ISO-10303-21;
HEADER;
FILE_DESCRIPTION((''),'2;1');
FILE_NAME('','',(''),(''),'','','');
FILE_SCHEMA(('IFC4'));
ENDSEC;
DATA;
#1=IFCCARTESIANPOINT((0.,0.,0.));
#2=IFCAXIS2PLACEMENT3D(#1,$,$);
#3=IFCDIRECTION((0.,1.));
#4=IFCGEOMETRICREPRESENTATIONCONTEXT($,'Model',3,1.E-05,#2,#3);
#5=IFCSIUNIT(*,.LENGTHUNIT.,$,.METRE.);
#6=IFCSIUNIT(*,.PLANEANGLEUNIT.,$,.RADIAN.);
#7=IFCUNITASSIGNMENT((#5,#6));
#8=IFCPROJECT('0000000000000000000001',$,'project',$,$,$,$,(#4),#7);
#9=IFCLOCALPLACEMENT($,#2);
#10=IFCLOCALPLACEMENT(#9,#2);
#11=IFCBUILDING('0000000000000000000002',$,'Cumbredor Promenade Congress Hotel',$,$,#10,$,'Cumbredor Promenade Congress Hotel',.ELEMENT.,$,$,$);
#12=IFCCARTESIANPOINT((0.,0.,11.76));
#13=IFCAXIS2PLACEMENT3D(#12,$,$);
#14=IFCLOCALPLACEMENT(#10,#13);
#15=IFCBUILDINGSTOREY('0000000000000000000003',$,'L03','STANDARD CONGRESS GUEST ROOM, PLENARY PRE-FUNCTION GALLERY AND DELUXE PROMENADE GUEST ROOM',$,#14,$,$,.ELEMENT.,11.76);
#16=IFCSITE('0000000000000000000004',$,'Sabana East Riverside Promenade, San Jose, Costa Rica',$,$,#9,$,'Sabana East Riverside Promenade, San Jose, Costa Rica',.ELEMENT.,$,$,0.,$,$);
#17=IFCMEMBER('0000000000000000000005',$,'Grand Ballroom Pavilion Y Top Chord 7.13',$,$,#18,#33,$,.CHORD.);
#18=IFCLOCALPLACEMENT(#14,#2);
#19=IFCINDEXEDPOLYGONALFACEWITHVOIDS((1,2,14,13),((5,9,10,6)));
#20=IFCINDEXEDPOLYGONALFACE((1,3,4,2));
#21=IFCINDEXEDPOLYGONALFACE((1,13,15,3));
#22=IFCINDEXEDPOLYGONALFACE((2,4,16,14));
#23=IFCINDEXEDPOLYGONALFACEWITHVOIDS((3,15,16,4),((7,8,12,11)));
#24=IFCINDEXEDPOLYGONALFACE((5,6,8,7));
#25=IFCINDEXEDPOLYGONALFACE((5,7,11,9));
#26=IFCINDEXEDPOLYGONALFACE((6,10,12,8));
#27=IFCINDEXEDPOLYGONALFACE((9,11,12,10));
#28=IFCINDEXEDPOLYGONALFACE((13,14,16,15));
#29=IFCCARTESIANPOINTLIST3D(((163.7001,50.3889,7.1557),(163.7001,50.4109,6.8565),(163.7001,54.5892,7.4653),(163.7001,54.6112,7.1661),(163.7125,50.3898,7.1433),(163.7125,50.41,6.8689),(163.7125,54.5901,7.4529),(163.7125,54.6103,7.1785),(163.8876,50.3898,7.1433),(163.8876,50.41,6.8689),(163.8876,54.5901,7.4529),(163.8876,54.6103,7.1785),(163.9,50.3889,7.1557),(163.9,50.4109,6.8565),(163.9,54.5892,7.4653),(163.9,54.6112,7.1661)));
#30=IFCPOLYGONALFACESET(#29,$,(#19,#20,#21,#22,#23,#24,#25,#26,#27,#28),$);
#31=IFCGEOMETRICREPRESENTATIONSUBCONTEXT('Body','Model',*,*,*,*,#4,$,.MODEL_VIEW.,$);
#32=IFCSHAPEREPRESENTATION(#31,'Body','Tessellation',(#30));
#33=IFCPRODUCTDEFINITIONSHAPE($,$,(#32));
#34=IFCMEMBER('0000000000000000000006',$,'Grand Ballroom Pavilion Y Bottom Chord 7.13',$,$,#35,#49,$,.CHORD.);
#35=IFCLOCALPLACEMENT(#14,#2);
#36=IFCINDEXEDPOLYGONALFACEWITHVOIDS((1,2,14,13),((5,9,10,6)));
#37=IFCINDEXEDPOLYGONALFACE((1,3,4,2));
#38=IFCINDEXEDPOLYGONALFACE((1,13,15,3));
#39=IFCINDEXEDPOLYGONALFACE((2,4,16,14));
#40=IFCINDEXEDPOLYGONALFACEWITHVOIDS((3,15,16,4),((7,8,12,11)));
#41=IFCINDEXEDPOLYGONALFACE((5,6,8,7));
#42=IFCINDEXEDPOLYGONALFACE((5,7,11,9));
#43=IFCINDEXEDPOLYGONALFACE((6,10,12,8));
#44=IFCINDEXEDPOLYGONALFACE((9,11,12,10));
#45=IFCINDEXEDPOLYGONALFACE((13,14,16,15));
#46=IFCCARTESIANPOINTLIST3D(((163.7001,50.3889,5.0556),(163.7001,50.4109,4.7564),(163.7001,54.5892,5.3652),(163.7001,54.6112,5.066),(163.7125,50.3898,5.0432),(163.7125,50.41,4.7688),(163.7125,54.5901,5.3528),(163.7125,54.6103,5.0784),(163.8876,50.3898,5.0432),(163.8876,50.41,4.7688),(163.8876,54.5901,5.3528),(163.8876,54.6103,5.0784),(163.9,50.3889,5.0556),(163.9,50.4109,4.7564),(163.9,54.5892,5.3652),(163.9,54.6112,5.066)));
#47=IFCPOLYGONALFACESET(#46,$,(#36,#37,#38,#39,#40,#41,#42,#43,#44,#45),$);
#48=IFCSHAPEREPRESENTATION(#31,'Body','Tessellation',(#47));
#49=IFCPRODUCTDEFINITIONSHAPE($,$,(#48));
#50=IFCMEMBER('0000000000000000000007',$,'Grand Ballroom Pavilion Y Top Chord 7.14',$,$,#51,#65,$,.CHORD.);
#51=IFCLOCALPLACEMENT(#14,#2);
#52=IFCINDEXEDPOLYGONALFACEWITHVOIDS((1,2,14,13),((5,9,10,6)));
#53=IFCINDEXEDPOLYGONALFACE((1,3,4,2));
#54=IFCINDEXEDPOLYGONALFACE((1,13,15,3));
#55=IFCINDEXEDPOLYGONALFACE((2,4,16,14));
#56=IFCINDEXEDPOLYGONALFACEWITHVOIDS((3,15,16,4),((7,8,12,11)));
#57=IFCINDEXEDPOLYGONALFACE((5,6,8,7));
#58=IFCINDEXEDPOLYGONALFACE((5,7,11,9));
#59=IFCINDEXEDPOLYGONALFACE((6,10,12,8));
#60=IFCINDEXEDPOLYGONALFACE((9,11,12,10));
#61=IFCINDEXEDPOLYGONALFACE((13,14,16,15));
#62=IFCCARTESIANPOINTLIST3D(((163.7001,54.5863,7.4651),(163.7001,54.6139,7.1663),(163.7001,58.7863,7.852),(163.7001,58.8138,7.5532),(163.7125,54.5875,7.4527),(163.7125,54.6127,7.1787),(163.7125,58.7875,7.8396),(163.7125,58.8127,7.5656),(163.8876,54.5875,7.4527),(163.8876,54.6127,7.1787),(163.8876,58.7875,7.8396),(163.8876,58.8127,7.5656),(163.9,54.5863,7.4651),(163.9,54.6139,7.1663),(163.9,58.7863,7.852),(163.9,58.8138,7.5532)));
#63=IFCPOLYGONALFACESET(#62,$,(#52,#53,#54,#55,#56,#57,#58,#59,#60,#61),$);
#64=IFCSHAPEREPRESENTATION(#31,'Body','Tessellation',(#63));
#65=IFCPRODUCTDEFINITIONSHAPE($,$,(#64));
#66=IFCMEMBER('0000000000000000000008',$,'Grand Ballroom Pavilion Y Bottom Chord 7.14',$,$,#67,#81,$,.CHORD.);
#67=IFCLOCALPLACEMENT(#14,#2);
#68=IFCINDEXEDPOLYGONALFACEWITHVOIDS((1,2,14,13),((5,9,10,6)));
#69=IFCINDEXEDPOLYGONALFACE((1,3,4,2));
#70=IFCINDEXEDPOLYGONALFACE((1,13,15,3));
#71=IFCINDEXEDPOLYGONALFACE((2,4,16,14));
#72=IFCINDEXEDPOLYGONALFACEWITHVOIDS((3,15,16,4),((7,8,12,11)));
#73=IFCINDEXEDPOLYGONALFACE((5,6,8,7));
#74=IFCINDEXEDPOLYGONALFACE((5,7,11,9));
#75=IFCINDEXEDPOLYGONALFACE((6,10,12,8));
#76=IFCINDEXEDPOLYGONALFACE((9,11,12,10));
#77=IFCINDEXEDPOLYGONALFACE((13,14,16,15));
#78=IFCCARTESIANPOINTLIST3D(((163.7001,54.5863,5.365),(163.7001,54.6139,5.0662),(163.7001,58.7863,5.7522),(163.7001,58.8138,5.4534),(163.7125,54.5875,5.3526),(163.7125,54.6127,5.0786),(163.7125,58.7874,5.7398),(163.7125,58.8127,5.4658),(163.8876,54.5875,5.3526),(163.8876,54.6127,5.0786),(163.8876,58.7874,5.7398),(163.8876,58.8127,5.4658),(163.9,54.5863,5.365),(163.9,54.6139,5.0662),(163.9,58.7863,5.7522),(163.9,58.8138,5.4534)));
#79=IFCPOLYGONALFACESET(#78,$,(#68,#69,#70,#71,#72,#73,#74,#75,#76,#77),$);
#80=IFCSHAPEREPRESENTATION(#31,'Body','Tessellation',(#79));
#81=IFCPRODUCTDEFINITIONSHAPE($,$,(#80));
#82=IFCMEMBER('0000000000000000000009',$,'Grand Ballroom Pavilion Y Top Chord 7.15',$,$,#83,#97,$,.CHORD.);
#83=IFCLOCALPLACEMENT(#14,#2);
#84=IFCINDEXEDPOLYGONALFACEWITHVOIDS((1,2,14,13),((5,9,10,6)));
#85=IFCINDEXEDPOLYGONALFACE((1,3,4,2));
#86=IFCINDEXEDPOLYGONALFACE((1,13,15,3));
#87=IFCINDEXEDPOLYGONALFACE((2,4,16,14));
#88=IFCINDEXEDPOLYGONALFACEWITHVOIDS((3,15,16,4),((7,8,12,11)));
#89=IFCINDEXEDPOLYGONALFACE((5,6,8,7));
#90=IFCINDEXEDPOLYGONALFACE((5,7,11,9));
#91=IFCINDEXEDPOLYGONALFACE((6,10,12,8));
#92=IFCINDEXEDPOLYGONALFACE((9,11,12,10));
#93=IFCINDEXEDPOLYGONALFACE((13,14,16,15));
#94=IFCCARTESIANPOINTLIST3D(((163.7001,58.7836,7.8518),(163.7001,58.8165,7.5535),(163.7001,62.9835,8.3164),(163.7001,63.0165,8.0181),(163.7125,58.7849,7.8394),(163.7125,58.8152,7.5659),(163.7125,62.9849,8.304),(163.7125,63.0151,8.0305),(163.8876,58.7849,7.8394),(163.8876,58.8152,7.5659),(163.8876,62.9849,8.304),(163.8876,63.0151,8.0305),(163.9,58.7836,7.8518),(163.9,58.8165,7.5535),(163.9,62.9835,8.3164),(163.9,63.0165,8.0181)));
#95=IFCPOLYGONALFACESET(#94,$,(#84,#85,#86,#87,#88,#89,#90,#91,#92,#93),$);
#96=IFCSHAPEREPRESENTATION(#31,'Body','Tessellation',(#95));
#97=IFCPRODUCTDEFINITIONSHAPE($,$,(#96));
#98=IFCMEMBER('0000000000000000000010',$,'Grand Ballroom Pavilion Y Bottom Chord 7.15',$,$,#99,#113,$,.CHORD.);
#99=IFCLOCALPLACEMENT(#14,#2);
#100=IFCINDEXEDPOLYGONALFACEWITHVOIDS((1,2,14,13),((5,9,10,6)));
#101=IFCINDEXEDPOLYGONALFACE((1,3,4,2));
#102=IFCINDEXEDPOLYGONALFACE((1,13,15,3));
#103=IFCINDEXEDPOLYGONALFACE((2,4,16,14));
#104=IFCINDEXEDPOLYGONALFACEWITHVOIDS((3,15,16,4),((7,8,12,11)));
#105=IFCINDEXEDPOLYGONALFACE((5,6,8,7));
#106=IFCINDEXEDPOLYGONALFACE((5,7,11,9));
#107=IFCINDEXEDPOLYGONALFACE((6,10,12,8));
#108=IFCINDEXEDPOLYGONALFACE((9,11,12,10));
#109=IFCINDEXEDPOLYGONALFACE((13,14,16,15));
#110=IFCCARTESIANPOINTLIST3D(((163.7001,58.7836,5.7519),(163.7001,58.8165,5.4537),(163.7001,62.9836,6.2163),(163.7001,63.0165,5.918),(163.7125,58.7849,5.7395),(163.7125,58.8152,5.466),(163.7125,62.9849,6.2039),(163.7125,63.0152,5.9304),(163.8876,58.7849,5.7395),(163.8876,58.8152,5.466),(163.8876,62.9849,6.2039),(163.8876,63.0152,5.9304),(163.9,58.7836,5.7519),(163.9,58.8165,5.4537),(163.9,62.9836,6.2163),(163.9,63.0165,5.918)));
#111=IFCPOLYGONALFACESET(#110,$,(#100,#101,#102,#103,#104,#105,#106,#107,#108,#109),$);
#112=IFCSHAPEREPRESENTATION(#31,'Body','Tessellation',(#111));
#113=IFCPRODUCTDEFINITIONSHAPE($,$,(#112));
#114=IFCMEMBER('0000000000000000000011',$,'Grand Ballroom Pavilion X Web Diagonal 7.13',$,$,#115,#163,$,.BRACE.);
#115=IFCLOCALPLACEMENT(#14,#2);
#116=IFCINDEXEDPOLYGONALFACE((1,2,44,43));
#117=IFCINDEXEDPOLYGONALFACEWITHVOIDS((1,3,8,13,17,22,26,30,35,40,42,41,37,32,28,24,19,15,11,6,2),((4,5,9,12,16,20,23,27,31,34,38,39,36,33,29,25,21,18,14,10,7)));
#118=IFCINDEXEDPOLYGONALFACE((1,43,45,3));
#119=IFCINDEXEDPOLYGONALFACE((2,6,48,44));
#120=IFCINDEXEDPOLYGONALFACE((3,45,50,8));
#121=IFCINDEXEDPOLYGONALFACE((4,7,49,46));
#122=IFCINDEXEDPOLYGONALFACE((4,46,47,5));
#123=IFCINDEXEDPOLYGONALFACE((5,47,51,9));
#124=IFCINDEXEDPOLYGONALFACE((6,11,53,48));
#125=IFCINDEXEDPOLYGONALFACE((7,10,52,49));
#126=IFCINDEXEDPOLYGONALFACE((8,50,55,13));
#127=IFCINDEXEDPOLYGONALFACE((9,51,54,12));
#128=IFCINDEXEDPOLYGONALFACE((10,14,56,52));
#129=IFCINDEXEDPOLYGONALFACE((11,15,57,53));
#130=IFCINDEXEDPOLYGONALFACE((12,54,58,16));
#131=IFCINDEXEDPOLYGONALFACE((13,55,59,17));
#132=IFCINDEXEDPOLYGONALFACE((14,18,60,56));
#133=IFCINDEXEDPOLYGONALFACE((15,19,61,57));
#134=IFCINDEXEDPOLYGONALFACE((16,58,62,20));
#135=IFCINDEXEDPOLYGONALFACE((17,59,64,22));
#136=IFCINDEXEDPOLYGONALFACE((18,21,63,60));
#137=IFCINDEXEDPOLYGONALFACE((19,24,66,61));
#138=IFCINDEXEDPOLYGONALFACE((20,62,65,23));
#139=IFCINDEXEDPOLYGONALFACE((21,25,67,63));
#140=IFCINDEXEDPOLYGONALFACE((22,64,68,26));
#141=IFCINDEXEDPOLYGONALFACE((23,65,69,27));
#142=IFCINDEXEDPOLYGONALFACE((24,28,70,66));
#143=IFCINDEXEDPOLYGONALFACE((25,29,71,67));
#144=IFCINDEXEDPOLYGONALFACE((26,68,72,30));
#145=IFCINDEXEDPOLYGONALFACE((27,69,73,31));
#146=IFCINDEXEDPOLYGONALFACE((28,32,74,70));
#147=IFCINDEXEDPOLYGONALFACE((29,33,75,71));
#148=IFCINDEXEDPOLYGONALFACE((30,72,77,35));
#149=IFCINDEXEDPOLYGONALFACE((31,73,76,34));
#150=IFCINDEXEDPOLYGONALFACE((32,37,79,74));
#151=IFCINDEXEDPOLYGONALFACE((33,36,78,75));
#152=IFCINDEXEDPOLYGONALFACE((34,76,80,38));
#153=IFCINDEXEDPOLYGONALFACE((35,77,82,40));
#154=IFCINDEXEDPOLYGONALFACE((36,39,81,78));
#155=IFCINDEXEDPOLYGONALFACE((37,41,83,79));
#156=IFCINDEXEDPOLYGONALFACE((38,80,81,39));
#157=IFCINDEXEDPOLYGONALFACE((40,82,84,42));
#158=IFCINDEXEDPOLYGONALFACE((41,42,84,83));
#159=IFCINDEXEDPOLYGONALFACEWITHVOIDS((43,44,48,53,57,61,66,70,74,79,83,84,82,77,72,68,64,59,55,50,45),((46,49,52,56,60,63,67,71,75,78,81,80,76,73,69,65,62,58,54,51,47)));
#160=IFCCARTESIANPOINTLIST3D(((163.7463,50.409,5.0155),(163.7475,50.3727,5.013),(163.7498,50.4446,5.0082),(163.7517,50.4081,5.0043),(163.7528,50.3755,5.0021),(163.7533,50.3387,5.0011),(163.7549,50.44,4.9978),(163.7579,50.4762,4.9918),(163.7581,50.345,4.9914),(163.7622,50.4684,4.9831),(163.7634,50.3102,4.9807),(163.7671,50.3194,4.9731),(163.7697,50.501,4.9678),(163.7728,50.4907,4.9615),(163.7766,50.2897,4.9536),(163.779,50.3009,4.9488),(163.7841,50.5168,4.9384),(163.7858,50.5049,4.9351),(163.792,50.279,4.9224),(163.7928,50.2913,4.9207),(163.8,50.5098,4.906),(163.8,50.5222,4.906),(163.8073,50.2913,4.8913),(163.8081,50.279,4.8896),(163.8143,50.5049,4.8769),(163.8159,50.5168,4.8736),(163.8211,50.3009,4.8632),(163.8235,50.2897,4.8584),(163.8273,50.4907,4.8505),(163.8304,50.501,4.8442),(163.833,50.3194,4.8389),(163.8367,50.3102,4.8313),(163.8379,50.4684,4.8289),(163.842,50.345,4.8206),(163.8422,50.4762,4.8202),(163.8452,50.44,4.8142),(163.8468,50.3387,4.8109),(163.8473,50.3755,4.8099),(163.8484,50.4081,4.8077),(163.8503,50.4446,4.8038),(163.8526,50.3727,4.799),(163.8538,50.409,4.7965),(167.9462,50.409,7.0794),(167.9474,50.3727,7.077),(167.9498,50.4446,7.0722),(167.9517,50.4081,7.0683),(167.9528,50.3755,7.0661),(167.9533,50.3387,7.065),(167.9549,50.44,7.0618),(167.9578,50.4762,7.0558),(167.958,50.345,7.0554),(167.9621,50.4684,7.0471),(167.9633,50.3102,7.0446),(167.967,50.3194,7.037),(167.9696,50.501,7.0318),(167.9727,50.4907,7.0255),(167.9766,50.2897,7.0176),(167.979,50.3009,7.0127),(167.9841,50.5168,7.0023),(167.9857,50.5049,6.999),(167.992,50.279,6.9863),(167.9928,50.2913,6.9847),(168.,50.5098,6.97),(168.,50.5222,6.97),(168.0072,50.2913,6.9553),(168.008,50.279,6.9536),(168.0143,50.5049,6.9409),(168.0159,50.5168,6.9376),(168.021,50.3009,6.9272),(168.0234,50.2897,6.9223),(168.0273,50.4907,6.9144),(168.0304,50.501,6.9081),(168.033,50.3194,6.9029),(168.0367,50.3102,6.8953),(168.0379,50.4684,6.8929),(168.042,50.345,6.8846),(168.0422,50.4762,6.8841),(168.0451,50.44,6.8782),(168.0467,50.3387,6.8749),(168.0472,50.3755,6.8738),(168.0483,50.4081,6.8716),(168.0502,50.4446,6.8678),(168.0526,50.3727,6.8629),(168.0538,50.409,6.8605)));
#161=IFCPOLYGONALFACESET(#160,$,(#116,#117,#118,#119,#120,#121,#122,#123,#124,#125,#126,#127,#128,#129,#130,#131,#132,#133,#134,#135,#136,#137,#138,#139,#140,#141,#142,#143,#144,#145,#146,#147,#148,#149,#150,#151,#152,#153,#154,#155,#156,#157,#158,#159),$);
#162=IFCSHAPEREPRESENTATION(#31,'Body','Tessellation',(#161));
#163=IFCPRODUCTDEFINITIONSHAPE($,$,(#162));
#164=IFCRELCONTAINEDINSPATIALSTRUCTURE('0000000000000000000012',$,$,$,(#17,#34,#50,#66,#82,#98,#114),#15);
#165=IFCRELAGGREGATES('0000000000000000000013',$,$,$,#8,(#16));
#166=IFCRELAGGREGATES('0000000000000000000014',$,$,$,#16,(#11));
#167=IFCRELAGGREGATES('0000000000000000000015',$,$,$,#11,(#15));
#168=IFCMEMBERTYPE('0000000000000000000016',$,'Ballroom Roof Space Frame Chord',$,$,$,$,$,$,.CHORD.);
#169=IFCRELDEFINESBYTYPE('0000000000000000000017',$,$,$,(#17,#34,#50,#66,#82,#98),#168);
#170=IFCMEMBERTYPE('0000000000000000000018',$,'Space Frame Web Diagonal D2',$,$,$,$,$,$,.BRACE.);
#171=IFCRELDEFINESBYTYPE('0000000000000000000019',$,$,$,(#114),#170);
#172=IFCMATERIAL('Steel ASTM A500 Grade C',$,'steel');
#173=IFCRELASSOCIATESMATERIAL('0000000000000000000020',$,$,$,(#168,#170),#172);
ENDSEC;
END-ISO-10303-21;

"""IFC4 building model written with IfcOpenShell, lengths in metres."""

from ifc_helpers import new_model, si_unit, direction, frame, origin, origin_2d, place, context, subcontext, project, spatial, hollow_rectangle, hollow_circle, extrude, material, material_profile, profile_set, type_object, element, save


model = new_model("IFC4")

# Units and contexts
model_context = context("Model", 3, precision=1e-05, world=origin(), true_north=direction((0.0, 1.0)))
body_context = subcontext(model_context, "Body", "Model", "MODEL_VIEW")
ifc_project = project(units=[si_unit("LENGTHUNIT", "METRE"), si_unit("PLANEANGLEUNIT", "RADIAN")], contexts=[model_context])

# Site, building, storey
site_placement = place(None, origin())
site = spatial("IfcSite", under=ifc_project, at=site_placement, Name="Sabana East Riverside Promenade, San Jose, Costa Rica", LongName="Sabana East Riverside Promenade, San Jose, Costa Rica", CompositionType="ELEMENT", RefElevation=0.0)
building_placement = place(site_placement, origin())
building = spatial("IfcBuilding", under=site, at=building_placement, Name="Cumbredor Promenade Congress Hotel", LongName="Cumbredor Promenade Congress Hotel", CompositionType="ELEMENT")
storey_placement = place(building_placement, frame((0.0, 0.0, 11.76)))
storey = spatial("IfcBuildingStorey", under=building, at=storey_placement, Name="L03", Description="STANDARD CONGRESS GUEST ROOM, PLENARY PRE-FUNCTION GALLERY AND DELUXE PROMENADE GUEST ROOM", CompositionType="ELEMENT", Elevation=11.76)

# Members
ifc_material_1 = material(Name="Steel ASTM A500 Grade C", Category="steel")
ifc_material_profile_1 = material_profile(ifc_material_1, hollow_rectangle(XDim=0.2, YDim=0.3, WallThickness=0.0125, at=origin_2d()), Name="HSS 300x200x12.5")
ifc_profile_set_1 = profile_set([ifc_material_profile_1], Name="Steel ASTM A500 Grade C")
member_type_1 = type_object("IfcMemberType", Name="Ballroom Roof Space Frame Chord", PredefinedType="CHORD", material=ifc_profile_set_1)
for number, where, z_axis, x_axis, name in (
    (1, (163.8, 50.3999, 7.0061), (0.0, 0.997295, 0.073504), (-1.0, 0.0, 0.0), "Grand Ballroom Pavilion Y Top Chord 7.13"),
    (2, (163.8, 50.3999, 4.906), (0.0, 0.997295, 0.073504), (-1.0, 0.0, 0.0), "Grand Ballroom Pavilion Y Bottom Chord 7.13"),
):
    element("IfcMember", number, at=place(storey_placement, frame(where, z_axis=z_axis, x_axis=x_axis)), inside=storey, type_object=member_type_1, Name=name, PredefinedType="CHORD", context=body_context, shape_type="SweptSolid", body=[
        extrude(hollow_rectangle(XDim=0.2, YDim=0.3, WallThickness=0.0125, at=origin_2d()), origin(), (0.0, 0.0, 1.0), 4.2117),
    ])
for number, where, z_axis, x_axis, name in (
    (3, (163.8, 54.6001, 7.3157), (0.0, 0.995782, 0.091747), (-1.0, 0.0, 0.0), "Grand Ballroom Pavilion Y Top Chord 7.14"),
    (4, (163.8, 54.6001, 5.2156), (0.0, 0.995777, 0.091804), (-1.0, 0.0, 0.0), "Grand Ballroom Pavilion Y Bottom Chord 7.14"),
):
    element("IfcMember", number, at=place(storey_placement, frame(where, z_axis=z_axis, x_axis=x_axis)), inside=storey, type_object=member_type_1, Name=name, PredefinedType="CHORD", context=body_context, shape_type="SweptSolid", body=[
        extrude(hollow_rectangle(XDim=0.2, YDim=0.3, WallThickness=0.0125, at=origin_2d()), origin(), (0.0, 0.0, 1.0), 4.2178),
    ])
for number, where, z_axis, x_axis, name in (
    (5, (163.8, 58.8, 7.7026), (0.0, 0.993937, 0.10995), (-1.0, 0.0, 0.0), "Grand Ballroom Pavilion Y Top Chord 7.15"),
    (6, (163.8, 58.8, 5.6028), (0.0, 0.993943, 0.109892), (-1.0, 0.0, 0.0), "Grand Ballroom Pavilion Y Bottom Chord 7.15"),
):
    element("IfcMember", number, at=place(storey_placement, frame(where, z_axis=z_axis, x_axis=x_axis)), inside=storey, type_object=member_type_1, Name=name, PredefinedType="CHORD", context=body_context, shape_type="SweptSolid", body=[
        extrude(hollow_rectangle(XDim=0.2, YDim=0.3, WallThickness=0.0125, at=origin_2d()), origin(), (0.0, 0.0, 1.0), 4.2256),
    ])
ifc_material_profile_2 = material_profile(ifc_material_1, hollow_circle(Radius=0.1223, WallThickness=0.0125, at=origin_2d()), Name="CHS 244.5x12.5")
ifc_profile_set_2 = profile_set([ifc_material_profile_2], Name="Steel ASTM A500 Grade C")
member_type_2 = type_object("IfcMemberType", Name="Space Frame Web Diagonal D2", PredefinedType="BRACE", material=ifc_profile_set_2)
member_1_placement = place(storey_placement, frame((163.8, 50.3999, 4.906), z_axis=(0.897484, 0.0, 0.441047), x_axis=(0.0, 1.0, 0.0)))
element("IfcMember", 7, at=member_1_placement, inside=storey, type_object=member_type_2, Name="Grand Ballroom Pavilion X Web Diagonal 7.13", PredefinedType="BRACE", context=body_context, shape_type="SweptSolid", body=[
    extrude(hollow_circle(Radius=0.1223, WallThickness=0.0125, at=origin_2d()), origin(), (0.0, 0.0, 1.0), 4.6797),
])

save(model, "model.ifc")
